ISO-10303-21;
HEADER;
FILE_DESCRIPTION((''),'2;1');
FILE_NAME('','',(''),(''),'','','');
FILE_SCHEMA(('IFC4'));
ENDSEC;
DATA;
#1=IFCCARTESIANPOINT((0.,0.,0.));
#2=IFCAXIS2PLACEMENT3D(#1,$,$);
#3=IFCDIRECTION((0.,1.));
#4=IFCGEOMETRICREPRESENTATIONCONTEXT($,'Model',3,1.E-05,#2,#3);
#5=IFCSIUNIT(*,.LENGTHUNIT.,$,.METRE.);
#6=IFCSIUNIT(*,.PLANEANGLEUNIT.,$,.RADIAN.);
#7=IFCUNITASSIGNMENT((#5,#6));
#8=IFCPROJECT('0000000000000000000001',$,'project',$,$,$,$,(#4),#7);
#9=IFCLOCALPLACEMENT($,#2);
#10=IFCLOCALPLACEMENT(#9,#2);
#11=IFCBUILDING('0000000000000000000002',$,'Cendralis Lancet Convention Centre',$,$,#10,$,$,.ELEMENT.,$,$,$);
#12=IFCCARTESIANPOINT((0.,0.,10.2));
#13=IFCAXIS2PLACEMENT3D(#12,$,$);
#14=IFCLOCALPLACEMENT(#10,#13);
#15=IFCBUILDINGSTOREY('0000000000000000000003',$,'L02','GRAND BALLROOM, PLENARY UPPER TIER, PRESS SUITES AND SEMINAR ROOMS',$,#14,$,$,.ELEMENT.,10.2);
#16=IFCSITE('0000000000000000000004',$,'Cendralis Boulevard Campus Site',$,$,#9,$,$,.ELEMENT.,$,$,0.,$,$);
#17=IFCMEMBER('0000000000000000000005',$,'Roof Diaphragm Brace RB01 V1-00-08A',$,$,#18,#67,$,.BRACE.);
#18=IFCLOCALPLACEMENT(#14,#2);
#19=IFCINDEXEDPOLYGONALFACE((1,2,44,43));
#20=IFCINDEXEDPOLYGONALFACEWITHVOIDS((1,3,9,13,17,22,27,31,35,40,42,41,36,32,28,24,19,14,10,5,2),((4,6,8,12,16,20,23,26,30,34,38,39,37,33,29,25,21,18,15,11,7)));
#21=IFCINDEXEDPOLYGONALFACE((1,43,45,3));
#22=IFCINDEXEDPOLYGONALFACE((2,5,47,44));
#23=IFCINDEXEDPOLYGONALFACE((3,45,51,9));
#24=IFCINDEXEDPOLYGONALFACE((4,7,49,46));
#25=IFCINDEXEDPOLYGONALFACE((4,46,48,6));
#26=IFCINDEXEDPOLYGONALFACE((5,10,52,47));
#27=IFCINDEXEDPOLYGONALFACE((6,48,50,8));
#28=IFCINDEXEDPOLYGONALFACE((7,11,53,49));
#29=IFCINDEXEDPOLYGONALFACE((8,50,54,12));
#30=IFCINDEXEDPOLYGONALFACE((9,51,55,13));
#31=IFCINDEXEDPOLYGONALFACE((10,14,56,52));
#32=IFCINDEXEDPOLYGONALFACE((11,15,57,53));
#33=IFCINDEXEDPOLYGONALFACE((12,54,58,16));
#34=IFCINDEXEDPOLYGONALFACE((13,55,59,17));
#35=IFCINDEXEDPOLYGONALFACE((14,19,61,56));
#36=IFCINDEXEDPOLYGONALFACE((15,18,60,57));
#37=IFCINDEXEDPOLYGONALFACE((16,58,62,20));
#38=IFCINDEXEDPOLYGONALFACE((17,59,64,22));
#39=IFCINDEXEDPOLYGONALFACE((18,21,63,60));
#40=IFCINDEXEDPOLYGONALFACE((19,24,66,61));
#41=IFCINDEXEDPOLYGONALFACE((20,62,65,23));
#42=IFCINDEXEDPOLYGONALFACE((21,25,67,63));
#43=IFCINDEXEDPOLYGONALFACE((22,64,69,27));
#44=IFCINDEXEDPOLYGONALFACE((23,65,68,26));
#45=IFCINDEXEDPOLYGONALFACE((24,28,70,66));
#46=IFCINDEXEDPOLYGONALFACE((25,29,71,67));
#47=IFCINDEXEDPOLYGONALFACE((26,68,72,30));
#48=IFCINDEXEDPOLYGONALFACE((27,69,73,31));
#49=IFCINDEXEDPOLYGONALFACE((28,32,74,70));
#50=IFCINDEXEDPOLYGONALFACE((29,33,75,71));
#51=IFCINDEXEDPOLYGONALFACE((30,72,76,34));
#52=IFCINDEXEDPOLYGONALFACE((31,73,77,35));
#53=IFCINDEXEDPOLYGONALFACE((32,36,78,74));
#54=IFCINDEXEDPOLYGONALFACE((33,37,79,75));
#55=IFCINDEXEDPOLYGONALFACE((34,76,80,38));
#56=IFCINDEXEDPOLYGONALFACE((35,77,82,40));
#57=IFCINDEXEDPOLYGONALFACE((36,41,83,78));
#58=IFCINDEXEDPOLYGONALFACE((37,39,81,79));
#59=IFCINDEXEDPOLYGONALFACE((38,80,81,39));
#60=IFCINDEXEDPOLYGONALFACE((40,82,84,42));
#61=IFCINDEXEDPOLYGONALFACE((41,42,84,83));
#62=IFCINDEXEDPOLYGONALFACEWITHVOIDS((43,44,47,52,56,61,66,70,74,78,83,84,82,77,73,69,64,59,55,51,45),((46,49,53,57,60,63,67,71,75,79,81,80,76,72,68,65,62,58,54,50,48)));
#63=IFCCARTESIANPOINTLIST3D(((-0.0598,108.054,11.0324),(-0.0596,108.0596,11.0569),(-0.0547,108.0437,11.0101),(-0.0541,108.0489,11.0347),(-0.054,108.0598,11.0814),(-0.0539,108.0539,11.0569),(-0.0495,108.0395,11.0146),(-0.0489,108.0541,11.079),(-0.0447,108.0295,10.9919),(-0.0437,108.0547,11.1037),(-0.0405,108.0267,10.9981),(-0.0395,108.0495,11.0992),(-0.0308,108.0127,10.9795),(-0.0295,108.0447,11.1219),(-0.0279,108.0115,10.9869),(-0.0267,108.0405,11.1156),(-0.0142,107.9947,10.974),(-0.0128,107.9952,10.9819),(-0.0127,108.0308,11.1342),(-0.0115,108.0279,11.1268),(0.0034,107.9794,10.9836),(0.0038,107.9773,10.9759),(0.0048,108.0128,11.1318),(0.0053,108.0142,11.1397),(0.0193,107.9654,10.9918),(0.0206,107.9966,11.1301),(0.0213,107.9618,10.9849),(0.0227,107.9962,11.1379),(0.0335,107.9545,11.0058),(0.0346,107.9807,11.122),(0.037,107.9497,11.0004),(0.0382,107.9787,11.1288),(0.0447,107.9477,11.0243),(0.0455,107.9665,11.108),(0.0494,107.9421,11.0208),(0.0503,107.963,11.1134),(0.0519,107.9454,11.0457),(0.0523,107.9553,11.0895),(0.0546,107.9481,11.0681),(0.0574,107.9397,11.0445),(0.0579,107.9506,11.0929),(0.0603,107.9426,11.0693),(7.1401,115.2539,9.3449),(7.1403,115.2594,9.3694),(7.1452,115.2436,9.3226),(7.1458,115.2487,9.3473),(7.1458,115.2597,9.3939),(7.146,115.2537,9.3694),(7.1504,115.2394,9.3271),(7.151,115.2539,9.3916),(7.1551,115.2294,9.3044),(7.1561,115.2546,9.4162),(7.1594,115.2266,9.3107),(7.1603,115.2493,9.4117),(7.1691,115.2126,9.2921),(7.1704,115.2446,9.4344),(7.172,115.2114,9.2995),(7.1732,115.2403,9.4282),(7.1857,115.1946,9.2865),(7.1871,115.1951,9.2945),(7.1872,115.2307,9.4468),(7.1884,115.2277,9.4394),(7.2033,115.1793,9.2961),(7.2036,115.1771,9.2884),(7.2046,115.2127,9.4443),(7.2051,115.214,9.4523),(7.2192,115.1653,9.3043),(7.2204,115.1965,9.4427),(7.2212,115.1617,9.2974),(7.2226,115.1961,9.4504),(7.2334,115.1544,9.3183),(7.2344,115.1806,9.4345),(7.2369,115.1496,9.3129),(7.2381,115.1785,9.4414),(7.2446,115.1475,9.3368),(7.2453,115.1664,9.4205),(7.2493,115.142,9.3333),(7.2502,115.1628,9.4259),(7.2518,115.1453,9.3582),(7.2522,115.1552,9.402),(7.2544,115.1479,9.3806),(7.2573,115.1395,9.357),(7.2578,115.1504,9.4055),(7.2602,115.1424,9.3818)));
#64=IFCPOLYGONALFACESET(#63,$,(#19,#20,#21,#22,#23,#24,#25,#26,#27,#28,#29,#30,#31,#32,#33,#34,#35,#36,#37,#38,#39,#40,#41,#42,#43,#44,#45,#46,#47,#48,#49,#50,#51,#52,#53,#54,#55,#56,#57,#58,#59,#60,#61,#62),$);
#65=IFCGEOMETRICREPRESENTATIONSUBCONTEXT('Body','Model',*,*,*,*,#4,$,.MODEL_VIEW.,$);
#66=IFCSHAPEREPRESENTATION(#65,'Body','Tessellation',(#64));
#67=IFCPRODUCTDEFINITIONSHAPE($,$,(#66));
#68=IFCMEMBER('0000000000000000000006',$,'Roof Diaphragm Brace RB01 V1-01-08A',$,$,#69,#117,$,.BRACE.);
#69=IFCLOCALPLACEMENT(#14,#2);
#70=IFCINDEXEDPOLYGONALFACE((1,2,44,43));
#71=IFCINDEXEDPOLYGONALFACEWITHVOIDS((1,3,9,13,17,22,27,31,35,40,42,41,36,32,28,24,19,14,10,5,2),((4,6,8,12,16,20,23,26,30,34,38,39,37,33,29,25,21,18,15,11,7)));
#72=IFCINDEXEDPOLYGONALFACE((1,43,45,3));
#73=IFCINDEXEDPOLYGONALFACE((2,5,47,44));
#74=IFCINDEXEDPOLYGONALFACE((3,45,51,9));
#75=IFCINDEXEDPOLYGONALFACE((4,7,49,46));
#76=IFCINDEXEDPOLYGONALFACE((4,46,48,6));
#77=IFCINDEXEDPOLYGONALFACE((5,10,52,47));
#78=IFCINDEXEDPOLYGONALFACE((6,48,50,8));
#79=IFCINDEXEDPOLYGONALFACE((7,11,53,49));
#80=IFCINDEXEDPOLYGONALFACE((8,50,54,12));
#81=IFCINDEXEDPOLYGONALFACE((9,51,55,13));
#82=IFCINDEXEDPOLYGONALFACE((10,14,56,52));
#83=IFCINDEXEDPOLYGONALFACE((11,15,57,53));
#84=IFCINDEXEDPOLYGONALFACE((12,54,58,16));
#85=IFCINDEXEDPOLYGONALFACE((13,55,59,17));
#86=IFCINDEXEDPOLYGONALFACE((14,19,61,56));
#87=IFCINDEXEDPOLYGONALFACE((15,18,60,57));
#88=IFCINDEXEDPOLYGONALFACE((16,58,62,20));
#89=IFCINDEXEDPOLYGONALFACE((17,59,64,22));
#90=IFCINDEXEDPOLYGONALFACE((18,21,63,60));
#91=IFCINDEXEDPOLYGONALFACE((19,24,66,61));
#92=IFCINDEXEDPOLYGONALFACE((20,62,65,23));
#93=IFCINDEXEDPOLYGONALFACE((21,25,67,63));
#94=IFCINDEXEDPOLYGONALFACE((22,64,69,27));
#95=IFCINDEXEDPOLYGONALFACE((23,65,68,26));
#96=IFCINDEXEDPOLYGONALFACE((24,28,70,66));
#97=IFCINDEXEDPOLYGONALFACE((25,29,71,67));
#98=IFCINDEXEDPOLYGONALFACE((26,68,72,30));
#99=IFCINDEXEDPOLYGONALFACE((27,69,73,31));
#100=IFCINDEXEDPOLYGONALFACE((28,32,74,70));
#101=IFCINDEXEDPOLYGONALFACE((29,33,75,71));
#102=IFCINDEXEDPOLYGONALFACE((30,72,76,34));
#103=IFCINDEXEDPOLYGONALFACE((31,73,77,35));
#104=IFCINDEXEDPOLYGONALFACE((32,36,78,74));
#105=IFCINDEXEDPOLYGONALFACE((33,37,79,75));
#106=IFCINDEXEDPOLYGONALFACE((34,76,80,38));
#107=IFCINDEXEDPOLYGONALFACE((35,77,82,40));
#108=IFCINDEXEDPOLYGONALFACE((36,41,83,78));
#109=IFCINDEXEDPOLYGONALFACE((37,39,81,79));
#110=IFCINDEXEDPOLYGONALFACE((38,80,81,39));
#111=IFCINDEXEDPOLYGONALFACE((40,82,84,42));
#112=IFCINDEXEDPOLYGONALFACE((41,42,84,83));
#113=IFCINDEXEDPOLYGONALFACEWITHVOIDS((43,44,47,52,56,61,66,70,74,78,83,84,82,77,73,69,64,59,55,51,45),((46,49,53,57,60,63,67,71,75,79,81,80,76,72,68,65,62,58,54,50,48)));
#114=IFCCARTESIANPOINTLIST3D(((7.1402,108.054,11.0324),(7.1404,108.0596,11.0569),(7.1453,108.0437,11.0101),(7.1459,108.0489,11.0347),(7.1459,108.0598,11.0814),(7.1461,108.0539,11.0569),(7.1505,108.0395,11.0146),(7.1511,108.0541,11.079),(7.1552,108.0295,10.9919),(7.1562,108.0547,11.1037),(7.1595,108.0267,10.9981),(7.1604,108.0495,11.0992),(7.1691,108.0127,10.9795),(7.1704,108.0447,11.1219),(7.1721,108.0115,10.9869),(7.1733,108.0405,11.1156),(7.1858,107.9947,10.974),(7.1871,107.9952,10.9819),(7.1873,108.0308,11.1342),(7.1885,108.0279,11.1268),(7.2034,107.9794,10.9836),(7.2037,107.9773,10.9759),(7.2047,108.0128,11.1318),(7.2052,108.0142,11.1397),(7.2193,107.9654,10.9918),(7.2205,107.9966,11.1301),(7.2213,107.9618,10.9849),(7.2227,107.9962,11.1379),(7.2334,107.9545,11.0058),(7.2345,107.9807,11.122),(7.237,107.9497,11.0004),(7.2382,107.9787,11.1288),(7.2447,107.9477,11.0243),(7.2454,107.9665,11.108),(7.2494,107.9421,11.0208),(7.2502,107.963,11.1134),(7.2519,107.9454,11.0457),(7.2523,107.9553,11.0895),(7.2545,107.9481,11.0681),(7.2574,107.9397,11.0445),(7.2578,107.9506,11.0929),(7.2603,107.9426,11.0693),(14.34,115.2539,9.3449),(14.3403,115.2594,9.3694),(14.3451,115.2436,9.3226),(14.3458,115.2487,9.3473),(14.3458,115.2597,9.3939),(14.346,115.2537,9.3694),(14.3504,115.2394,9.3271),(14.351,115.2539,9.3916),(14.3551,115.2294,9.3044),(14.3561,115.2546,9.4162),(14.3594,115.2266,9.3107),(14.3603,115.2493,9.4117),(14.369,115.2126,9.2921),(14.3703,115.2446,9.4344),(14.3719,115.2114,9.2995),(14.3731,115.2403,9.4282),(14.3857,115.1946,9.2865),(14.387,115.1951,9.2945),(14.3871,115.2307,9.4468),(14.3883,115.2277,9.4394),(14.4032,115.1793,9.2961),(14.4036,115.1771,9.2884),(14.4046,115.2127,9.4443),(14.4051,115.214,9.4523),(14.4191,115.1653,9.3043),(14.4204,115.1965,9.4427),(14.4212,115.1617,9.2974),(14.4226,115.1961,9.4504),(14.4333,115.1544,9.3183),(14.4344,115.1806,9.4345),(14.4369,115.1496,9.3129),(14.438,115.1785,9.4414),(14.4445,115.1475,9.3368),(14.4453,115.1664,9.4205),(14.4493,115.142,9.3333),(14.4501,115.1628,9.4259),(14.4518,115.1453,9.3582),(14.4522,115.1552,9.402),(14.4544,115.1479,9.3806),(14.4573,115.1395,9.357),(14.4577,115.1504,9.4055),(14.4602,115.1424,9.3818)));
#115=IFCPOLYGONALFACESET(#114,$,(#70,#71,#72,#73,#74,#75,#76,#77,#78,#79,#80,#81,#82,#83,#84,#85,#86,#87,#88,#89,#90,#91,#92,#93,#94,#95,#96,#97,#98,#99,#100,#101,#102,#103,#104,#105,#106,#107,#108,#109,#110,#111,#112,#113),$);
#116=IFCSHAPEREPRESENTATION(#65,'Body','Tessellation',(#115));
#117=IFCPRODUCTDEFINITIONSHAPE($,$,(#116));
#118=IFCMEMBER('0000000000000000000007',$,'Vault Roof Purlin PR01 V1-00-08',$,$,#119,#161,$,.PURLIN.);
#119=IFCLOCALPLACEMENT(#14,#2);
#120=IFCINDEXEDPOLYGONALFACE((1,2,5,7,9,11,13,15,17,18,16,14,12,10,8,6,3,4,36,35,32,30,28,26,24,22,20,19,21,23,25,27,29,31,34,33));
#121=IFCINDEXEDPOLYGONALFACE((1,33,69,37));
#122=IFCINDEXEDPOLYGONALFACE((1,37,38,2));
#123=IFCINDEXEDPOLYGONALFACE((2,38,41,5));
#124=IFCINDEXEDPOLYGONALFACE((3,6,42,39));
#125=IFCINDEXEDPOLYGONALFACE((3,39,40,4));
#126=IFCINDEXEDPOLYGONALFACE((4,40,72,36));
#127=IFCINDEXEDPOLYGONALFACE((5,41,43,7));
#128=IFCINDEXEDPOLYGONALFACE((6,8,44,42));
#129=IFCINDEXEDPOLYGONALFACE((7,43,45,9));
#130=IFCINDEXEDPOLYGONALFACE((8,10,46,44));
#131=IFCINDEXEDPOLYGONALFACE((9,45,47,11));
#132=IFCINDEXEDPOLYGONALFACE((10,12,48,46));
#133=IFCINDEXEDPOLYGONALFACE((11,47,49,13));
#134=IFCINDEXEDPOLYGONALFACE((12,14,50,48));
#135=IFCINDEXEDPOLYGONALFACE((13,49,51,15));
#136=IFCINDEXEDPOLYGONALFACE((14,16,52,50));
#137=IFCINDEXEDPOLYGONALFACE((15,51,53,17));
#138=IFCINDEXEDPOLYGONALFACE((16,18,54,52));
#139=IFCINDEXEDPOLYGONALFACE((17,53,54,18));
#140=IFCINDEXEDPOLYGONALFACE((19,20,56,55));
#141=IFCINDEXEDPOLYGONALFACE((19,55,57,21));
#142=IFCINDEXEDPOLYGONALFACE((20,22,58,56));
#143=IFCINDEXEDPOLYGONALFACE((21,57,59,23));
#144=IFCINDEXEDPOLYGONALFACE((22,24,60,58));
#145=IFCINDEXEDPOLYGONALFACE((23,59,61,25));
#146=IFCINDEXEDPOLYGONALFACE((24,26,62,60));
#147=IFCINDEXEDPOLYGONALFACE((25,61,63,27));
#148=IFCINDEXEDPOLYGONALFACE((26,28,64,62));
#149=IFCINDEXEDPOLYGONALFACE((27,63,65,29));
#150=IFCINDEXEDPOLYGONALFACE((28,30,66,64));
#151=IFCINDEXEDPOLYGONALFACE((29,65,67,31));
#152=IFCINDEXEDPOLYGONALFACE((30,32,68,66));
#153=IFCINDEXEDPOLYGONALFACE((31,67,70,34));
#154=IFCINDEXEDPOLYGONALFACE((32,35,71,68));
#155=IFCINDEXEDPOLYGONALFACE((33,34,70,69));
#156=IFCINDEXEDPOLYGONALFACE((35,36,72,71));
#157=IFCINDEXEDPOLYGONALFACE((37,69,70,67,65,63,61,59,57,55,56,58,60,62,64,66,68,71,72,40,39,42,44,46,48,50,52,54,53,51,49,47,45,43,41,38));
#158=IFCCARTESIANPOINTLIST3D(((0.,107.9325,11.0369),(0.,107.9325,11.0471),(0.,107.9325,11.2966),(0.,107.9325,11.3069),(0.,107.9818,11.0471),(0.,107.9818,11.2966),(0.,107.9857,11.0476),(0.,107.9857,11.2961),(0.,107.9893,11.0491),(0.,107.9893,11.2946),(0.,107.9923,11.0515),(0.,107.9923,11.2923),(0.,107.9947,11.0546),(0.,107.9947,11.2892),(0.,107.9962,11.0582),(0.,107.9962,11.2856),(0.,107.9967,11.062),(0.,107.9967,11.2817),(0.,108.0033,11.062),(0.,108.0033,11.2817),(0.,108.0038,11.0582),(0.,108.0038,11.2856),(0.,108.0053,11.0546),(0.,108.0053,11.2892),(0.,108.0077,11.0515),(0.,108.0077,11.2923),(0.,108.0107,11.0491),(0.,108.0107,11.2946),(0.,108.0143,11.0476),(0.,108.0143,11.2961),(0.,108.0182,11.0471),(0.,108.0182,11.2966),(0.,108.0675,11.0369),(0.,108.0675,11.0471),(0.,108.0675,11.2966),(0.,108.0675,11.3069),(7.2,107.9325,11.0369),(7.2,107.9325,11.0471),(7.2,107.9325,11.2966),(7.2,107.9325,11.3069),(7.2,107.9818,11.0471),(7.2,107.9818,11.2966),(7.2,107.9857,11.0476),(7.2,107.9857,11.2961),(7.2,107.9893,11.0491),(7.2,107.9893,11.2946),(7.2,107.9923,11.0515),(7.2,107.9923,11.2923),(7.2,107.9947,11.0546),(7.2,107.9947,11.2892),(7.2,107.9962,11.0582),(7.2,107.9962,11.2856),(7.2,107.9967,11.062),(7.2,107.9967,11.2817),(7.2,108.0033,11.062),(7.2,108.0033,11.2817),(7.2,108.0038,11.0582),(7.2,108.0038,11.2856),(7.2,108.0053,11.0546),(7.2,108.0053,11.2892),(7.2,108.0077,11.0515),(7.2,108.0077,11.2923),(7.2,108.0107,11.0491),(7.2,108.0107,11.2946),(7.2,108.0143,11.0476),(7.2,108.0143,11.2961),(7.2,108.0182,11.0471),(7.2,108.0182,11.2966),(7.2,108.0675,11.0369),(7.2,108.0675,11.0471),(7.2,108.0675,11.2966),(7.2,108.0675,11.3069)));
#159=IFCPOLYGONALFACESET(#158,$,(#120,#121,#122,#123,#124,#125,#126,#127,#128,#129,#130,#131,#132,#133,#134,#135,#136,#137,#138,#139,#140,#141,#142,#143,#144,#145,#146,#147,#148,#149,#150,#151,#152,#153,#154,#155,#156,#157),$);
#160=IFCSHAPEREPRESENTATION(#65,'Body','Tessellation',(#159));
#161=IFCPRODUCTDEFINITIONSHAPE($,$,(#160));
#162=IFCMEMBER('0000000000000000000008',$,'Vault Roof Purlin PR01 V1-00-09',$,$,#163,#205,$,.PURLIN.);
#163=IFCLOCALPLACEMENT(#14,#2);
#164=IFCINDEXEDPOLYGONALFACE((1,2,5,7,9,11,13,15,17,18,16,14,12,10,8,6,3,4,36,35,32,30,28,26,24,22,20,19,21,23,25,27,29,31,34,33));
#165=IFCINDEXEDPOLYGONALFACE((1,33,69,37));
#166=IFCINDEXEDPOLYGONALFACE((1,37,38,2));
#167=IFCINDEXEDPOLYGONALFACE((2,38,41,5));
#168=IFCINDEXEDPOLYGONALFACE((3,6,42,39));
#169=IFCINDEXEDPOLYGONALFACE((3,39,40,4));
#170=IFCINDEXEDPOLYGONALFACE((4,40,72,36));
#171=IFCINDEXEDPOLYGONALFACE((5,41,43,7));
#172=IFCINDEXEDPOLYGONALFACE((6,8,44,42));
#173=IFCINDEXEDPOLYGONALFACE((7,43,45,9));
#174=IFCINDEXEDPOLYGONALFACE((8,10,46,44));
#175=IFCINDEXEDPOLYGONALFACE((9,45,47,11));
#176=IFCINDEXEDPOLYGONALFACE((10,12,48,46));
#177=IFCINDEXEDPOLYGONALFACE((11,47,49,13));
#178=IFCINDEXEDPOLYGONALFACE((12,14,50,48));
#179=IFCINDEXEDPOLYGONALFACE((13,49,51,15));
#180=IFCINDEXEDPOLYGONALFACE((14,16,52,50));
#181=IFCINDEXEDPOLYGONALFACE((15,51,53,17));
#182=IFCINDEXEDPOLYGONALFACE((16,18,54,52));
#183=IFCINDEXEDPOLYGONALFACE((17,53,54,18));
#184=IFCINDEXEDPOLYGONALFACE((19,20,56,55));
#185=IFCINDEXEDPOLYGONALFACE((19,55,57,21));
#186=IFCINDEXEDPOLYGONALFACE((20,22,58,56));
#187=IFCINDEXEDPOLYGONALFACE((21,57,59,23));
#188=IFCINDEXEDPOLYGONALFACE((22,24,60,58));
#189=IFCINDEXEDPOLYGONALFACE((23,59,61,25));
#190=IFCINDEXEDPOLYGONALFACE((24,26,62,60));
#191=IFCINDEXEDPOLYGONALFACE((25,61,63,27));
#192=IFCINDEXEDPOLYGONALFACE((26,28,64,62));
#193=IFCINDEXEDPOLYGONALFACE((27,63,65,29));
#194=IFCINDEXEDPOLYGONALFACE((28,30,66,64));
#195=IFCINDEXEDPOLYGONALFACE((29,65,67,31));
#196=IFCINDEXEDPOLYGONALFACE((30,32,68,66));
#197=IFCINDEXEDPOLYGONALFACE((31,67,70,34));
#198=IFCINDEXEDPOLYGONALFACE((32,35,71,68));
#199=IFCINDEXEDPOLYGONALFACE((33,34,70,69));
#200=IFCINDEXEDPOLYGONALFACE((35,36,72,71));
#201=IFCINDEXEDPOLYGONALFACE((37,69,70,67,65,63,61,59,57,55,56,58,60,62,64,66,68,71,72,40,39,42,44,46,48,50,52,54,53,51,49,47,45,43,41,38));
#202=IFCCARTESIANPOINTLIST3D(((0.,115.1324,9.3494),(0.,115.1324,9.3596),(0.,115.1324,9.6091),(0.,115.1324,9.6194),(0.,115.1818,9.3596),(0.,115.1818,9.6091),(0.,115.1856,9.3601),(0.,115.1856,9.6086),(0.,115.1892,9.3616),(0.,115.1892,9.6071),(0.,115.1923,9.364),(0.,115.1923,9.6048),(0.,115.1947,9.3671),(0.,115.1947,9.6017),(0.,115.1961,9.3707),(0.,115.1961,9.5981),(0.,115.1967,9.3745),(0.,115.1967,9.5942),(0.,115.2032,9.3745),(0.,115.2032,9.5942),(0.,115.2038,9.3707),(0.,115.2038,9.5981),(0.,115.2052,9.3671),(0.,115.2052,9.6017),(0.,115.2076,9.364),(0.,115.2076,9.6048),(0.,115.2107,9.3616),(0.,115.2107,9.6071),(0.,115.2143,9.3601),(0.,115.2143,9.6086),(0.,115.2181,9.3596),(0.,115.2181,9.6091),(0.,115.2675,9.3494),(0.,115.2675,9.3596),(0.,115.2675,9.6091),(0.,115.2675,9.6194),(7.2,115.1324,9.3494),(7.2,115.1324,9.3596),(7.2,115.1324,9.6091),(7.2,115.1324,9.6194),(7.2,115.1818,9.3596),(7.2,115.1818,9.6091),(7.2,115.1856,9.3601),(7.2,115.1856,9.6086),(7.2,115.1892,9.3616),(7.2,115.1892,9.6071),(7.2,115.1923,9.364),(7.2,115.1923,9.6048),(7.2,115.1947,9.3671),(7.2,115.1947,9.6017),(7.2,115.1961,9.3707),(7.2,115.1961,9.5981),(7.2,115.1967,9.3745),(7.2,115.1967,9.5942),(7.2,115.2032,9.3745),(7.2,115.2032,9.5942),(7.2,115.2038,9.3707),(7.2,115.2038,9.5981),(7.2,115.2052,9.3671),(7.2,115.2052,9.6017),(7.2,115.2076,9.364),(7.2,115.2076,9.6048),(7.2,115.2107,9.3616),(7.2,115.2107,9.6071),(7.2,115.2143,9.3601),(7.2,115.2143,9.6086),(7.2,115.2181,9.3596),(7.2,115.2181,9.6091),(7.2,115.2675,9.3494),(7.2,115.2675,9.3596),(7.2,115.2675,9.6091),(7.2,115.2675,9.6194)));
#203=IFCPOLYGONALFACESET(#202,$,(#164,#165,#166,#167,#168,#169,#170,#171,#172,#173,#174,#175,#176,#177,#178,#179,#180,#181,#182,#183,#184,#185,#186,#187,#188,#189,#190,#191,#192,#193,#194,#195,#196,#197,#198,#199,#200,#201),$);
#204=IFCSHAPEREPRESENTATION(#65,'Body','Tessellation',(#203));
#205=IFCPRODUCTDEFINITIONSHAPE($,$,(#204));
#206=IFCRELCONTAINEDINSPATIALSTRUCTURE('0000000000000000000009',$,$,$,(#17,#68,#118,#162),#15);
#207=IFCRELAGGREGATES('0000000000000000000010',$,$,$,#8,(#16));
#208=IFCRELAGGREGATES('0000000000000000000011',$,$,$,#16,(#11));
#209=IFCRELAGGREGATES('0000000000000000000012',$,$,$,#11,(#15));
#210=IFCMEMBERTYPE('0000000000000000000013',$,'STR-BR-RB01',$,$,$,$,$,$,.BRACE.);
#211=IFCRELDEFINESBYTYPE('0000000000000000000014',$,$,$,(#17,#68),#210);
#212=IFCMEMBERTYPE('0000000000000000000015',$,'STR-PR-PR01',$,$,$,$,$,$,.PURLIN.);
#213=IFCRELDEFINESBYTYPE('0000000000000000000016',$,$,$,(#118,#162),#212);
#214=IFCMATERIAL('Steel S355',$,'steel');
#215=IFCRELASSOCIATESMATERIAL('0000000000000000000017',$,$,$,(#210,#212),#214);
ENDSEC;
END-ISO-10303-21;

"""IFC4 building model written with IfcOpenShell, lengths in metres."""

from ifc_helpers import new_model, si_unit, direction, frame, origin, origin_2d, place, context, subcontext, project, spatial, hollow_circle, i_section, extrude, material, material_profile, profile_set, type_object, element, save


model = new_model("IFC4")

# Units and contexts
model_context = context("Model", 3, precision=1e-05, world=origin(), true_north=direction((0.0, 1.0)))
body_context = subcontext(model_context, "Body", "Model", "MODEL_VIEW")
ifc_project = project(units=[si_unit("LENGTHUNIT", "METRE"), si_unit("PLANEANGLEUNIT", "RADIAN")], contexts=[model_context])

# Site, building, storey
site_placement = place(None, origin())
site = spatial("IfcSite", under=ifc_project, at=site_placement, Name="Cendralis Boulevard Campus Site", CompositionType="ELEMENT", RefElevation=0.0)
building_placement = place(site_placement, origin())
building = spatial("IfcBuilding", under=site, at=building_placement, Name="Cendralis Lancet Convention Centre", CompositionType="ELEMENT")
storey_placement = place(building_placement, frame((0.0, 0.0, 10.2)))
storey = spatial("IfcBuildingStorey", under=building, at=storey_placement, Name="L02", Description="GRAND BALLROOM, PLENARY UPPER TIER, PRESS SUITES AND SEMINAR ROOMS", CompositionType="ELEMENT", Elevation=10.2)

# Members
ifc_material = material(Name="Steel S355", Category="steel")
ifc_material_profile_1 = material_profile(ifc_material, hollow_circle(Radius=0.0842, WallThickness=0.0081, at=origin_2d()), Name="CHS 168.3x8.0")
ifc_profile_set_1 = profile_set([ifc_material_profile_1], Name="Steel S355")
member_type_1 = type_object("IfcMemberType", Name="STR-BR-RB01", PredefinedType="BRACE", material=ifc_profile_set_1)
for number, where, z_axis, x_axis, name in (
    (1, (0.0, 108.0, 11.0569), (0.697592, 0.697592, -0.163499), (-0.707107, 0.707107, 0.0), "Roof Diaphragm Brace RB01 V1-00-08A"),
    (2, (7.2, 108.0, 11.0569), (0.697592, 0.697592, -0.163499), (-0.707107, 0.707107, 0.0), "Roof Diaphragm Brace RB01 V1-01-08A"),
):
    element("IfcMember", number, at=place(storey_placement, frame(where, z_axis=z_axis, x_axis=x_axis)), inside=storey, type_object=member_type_1, Name=name, PredefinedType="BRACE", context=body_context, shape_type="SweptSolid", body=[
        extrude(hollow_circle(Radius=0.0842, WallThickness=0.0081, at=origin_2d()), origin(), (0.0, 0.0, 1.0), 10.321),
    ])
ifc_material_profile_2 = material_profile(ifc_material, i_section(OverallWidth=0.135, OverallDepth=0.27, WebThickness=0.0066, FlangeThickness=0.0103, FilletRadius=0.0149, at=origin_2d()), Name="IPE 270")
ifc_profile_set_2 = profile_set([ifc_material_profile_2], Name="Steel S355")
member_type_2 = type_object("IfcMemberType", Name="STR-PR-PR01", PredefinedType="PURLIN", material=ifc_profile_set_2)
for number, where, z_axis, x_axis, name in (
    (3, (0.0, 108.0, 11.1719), (1.0, 0.0, 0.0), (0.0, 1.0, 0.0), "Vault Roof Purlin PR01 V1-00-08"),
    (4, (0.0, 115.2, 9.4844), (1.0, 0.0, 0.0), (0.0, 1.0, 0.0), "Vault Roof Purlin PR01 V1-00-09"),
):
    element("IfcMember", number, at=place(storey_placement, frame(where, z_axis=z_axis, x_axis=x_axis)), inside=storey, type_object=member_type_2, Name=name, PredefinedType="PURLIN", context=body_context, shape_type="SweptSolid", body=[
        extrude(i_section(OverallWidth=0.135, OverallDepth=0.27, WebThickness=0.0066, FlangeThickness=0.0103, FilletRadius=0.0149, at=origin_2d()), origin(), (0.0, 0.0, 1.0), 7.2),
    ])

save(model, "model.ifc")
